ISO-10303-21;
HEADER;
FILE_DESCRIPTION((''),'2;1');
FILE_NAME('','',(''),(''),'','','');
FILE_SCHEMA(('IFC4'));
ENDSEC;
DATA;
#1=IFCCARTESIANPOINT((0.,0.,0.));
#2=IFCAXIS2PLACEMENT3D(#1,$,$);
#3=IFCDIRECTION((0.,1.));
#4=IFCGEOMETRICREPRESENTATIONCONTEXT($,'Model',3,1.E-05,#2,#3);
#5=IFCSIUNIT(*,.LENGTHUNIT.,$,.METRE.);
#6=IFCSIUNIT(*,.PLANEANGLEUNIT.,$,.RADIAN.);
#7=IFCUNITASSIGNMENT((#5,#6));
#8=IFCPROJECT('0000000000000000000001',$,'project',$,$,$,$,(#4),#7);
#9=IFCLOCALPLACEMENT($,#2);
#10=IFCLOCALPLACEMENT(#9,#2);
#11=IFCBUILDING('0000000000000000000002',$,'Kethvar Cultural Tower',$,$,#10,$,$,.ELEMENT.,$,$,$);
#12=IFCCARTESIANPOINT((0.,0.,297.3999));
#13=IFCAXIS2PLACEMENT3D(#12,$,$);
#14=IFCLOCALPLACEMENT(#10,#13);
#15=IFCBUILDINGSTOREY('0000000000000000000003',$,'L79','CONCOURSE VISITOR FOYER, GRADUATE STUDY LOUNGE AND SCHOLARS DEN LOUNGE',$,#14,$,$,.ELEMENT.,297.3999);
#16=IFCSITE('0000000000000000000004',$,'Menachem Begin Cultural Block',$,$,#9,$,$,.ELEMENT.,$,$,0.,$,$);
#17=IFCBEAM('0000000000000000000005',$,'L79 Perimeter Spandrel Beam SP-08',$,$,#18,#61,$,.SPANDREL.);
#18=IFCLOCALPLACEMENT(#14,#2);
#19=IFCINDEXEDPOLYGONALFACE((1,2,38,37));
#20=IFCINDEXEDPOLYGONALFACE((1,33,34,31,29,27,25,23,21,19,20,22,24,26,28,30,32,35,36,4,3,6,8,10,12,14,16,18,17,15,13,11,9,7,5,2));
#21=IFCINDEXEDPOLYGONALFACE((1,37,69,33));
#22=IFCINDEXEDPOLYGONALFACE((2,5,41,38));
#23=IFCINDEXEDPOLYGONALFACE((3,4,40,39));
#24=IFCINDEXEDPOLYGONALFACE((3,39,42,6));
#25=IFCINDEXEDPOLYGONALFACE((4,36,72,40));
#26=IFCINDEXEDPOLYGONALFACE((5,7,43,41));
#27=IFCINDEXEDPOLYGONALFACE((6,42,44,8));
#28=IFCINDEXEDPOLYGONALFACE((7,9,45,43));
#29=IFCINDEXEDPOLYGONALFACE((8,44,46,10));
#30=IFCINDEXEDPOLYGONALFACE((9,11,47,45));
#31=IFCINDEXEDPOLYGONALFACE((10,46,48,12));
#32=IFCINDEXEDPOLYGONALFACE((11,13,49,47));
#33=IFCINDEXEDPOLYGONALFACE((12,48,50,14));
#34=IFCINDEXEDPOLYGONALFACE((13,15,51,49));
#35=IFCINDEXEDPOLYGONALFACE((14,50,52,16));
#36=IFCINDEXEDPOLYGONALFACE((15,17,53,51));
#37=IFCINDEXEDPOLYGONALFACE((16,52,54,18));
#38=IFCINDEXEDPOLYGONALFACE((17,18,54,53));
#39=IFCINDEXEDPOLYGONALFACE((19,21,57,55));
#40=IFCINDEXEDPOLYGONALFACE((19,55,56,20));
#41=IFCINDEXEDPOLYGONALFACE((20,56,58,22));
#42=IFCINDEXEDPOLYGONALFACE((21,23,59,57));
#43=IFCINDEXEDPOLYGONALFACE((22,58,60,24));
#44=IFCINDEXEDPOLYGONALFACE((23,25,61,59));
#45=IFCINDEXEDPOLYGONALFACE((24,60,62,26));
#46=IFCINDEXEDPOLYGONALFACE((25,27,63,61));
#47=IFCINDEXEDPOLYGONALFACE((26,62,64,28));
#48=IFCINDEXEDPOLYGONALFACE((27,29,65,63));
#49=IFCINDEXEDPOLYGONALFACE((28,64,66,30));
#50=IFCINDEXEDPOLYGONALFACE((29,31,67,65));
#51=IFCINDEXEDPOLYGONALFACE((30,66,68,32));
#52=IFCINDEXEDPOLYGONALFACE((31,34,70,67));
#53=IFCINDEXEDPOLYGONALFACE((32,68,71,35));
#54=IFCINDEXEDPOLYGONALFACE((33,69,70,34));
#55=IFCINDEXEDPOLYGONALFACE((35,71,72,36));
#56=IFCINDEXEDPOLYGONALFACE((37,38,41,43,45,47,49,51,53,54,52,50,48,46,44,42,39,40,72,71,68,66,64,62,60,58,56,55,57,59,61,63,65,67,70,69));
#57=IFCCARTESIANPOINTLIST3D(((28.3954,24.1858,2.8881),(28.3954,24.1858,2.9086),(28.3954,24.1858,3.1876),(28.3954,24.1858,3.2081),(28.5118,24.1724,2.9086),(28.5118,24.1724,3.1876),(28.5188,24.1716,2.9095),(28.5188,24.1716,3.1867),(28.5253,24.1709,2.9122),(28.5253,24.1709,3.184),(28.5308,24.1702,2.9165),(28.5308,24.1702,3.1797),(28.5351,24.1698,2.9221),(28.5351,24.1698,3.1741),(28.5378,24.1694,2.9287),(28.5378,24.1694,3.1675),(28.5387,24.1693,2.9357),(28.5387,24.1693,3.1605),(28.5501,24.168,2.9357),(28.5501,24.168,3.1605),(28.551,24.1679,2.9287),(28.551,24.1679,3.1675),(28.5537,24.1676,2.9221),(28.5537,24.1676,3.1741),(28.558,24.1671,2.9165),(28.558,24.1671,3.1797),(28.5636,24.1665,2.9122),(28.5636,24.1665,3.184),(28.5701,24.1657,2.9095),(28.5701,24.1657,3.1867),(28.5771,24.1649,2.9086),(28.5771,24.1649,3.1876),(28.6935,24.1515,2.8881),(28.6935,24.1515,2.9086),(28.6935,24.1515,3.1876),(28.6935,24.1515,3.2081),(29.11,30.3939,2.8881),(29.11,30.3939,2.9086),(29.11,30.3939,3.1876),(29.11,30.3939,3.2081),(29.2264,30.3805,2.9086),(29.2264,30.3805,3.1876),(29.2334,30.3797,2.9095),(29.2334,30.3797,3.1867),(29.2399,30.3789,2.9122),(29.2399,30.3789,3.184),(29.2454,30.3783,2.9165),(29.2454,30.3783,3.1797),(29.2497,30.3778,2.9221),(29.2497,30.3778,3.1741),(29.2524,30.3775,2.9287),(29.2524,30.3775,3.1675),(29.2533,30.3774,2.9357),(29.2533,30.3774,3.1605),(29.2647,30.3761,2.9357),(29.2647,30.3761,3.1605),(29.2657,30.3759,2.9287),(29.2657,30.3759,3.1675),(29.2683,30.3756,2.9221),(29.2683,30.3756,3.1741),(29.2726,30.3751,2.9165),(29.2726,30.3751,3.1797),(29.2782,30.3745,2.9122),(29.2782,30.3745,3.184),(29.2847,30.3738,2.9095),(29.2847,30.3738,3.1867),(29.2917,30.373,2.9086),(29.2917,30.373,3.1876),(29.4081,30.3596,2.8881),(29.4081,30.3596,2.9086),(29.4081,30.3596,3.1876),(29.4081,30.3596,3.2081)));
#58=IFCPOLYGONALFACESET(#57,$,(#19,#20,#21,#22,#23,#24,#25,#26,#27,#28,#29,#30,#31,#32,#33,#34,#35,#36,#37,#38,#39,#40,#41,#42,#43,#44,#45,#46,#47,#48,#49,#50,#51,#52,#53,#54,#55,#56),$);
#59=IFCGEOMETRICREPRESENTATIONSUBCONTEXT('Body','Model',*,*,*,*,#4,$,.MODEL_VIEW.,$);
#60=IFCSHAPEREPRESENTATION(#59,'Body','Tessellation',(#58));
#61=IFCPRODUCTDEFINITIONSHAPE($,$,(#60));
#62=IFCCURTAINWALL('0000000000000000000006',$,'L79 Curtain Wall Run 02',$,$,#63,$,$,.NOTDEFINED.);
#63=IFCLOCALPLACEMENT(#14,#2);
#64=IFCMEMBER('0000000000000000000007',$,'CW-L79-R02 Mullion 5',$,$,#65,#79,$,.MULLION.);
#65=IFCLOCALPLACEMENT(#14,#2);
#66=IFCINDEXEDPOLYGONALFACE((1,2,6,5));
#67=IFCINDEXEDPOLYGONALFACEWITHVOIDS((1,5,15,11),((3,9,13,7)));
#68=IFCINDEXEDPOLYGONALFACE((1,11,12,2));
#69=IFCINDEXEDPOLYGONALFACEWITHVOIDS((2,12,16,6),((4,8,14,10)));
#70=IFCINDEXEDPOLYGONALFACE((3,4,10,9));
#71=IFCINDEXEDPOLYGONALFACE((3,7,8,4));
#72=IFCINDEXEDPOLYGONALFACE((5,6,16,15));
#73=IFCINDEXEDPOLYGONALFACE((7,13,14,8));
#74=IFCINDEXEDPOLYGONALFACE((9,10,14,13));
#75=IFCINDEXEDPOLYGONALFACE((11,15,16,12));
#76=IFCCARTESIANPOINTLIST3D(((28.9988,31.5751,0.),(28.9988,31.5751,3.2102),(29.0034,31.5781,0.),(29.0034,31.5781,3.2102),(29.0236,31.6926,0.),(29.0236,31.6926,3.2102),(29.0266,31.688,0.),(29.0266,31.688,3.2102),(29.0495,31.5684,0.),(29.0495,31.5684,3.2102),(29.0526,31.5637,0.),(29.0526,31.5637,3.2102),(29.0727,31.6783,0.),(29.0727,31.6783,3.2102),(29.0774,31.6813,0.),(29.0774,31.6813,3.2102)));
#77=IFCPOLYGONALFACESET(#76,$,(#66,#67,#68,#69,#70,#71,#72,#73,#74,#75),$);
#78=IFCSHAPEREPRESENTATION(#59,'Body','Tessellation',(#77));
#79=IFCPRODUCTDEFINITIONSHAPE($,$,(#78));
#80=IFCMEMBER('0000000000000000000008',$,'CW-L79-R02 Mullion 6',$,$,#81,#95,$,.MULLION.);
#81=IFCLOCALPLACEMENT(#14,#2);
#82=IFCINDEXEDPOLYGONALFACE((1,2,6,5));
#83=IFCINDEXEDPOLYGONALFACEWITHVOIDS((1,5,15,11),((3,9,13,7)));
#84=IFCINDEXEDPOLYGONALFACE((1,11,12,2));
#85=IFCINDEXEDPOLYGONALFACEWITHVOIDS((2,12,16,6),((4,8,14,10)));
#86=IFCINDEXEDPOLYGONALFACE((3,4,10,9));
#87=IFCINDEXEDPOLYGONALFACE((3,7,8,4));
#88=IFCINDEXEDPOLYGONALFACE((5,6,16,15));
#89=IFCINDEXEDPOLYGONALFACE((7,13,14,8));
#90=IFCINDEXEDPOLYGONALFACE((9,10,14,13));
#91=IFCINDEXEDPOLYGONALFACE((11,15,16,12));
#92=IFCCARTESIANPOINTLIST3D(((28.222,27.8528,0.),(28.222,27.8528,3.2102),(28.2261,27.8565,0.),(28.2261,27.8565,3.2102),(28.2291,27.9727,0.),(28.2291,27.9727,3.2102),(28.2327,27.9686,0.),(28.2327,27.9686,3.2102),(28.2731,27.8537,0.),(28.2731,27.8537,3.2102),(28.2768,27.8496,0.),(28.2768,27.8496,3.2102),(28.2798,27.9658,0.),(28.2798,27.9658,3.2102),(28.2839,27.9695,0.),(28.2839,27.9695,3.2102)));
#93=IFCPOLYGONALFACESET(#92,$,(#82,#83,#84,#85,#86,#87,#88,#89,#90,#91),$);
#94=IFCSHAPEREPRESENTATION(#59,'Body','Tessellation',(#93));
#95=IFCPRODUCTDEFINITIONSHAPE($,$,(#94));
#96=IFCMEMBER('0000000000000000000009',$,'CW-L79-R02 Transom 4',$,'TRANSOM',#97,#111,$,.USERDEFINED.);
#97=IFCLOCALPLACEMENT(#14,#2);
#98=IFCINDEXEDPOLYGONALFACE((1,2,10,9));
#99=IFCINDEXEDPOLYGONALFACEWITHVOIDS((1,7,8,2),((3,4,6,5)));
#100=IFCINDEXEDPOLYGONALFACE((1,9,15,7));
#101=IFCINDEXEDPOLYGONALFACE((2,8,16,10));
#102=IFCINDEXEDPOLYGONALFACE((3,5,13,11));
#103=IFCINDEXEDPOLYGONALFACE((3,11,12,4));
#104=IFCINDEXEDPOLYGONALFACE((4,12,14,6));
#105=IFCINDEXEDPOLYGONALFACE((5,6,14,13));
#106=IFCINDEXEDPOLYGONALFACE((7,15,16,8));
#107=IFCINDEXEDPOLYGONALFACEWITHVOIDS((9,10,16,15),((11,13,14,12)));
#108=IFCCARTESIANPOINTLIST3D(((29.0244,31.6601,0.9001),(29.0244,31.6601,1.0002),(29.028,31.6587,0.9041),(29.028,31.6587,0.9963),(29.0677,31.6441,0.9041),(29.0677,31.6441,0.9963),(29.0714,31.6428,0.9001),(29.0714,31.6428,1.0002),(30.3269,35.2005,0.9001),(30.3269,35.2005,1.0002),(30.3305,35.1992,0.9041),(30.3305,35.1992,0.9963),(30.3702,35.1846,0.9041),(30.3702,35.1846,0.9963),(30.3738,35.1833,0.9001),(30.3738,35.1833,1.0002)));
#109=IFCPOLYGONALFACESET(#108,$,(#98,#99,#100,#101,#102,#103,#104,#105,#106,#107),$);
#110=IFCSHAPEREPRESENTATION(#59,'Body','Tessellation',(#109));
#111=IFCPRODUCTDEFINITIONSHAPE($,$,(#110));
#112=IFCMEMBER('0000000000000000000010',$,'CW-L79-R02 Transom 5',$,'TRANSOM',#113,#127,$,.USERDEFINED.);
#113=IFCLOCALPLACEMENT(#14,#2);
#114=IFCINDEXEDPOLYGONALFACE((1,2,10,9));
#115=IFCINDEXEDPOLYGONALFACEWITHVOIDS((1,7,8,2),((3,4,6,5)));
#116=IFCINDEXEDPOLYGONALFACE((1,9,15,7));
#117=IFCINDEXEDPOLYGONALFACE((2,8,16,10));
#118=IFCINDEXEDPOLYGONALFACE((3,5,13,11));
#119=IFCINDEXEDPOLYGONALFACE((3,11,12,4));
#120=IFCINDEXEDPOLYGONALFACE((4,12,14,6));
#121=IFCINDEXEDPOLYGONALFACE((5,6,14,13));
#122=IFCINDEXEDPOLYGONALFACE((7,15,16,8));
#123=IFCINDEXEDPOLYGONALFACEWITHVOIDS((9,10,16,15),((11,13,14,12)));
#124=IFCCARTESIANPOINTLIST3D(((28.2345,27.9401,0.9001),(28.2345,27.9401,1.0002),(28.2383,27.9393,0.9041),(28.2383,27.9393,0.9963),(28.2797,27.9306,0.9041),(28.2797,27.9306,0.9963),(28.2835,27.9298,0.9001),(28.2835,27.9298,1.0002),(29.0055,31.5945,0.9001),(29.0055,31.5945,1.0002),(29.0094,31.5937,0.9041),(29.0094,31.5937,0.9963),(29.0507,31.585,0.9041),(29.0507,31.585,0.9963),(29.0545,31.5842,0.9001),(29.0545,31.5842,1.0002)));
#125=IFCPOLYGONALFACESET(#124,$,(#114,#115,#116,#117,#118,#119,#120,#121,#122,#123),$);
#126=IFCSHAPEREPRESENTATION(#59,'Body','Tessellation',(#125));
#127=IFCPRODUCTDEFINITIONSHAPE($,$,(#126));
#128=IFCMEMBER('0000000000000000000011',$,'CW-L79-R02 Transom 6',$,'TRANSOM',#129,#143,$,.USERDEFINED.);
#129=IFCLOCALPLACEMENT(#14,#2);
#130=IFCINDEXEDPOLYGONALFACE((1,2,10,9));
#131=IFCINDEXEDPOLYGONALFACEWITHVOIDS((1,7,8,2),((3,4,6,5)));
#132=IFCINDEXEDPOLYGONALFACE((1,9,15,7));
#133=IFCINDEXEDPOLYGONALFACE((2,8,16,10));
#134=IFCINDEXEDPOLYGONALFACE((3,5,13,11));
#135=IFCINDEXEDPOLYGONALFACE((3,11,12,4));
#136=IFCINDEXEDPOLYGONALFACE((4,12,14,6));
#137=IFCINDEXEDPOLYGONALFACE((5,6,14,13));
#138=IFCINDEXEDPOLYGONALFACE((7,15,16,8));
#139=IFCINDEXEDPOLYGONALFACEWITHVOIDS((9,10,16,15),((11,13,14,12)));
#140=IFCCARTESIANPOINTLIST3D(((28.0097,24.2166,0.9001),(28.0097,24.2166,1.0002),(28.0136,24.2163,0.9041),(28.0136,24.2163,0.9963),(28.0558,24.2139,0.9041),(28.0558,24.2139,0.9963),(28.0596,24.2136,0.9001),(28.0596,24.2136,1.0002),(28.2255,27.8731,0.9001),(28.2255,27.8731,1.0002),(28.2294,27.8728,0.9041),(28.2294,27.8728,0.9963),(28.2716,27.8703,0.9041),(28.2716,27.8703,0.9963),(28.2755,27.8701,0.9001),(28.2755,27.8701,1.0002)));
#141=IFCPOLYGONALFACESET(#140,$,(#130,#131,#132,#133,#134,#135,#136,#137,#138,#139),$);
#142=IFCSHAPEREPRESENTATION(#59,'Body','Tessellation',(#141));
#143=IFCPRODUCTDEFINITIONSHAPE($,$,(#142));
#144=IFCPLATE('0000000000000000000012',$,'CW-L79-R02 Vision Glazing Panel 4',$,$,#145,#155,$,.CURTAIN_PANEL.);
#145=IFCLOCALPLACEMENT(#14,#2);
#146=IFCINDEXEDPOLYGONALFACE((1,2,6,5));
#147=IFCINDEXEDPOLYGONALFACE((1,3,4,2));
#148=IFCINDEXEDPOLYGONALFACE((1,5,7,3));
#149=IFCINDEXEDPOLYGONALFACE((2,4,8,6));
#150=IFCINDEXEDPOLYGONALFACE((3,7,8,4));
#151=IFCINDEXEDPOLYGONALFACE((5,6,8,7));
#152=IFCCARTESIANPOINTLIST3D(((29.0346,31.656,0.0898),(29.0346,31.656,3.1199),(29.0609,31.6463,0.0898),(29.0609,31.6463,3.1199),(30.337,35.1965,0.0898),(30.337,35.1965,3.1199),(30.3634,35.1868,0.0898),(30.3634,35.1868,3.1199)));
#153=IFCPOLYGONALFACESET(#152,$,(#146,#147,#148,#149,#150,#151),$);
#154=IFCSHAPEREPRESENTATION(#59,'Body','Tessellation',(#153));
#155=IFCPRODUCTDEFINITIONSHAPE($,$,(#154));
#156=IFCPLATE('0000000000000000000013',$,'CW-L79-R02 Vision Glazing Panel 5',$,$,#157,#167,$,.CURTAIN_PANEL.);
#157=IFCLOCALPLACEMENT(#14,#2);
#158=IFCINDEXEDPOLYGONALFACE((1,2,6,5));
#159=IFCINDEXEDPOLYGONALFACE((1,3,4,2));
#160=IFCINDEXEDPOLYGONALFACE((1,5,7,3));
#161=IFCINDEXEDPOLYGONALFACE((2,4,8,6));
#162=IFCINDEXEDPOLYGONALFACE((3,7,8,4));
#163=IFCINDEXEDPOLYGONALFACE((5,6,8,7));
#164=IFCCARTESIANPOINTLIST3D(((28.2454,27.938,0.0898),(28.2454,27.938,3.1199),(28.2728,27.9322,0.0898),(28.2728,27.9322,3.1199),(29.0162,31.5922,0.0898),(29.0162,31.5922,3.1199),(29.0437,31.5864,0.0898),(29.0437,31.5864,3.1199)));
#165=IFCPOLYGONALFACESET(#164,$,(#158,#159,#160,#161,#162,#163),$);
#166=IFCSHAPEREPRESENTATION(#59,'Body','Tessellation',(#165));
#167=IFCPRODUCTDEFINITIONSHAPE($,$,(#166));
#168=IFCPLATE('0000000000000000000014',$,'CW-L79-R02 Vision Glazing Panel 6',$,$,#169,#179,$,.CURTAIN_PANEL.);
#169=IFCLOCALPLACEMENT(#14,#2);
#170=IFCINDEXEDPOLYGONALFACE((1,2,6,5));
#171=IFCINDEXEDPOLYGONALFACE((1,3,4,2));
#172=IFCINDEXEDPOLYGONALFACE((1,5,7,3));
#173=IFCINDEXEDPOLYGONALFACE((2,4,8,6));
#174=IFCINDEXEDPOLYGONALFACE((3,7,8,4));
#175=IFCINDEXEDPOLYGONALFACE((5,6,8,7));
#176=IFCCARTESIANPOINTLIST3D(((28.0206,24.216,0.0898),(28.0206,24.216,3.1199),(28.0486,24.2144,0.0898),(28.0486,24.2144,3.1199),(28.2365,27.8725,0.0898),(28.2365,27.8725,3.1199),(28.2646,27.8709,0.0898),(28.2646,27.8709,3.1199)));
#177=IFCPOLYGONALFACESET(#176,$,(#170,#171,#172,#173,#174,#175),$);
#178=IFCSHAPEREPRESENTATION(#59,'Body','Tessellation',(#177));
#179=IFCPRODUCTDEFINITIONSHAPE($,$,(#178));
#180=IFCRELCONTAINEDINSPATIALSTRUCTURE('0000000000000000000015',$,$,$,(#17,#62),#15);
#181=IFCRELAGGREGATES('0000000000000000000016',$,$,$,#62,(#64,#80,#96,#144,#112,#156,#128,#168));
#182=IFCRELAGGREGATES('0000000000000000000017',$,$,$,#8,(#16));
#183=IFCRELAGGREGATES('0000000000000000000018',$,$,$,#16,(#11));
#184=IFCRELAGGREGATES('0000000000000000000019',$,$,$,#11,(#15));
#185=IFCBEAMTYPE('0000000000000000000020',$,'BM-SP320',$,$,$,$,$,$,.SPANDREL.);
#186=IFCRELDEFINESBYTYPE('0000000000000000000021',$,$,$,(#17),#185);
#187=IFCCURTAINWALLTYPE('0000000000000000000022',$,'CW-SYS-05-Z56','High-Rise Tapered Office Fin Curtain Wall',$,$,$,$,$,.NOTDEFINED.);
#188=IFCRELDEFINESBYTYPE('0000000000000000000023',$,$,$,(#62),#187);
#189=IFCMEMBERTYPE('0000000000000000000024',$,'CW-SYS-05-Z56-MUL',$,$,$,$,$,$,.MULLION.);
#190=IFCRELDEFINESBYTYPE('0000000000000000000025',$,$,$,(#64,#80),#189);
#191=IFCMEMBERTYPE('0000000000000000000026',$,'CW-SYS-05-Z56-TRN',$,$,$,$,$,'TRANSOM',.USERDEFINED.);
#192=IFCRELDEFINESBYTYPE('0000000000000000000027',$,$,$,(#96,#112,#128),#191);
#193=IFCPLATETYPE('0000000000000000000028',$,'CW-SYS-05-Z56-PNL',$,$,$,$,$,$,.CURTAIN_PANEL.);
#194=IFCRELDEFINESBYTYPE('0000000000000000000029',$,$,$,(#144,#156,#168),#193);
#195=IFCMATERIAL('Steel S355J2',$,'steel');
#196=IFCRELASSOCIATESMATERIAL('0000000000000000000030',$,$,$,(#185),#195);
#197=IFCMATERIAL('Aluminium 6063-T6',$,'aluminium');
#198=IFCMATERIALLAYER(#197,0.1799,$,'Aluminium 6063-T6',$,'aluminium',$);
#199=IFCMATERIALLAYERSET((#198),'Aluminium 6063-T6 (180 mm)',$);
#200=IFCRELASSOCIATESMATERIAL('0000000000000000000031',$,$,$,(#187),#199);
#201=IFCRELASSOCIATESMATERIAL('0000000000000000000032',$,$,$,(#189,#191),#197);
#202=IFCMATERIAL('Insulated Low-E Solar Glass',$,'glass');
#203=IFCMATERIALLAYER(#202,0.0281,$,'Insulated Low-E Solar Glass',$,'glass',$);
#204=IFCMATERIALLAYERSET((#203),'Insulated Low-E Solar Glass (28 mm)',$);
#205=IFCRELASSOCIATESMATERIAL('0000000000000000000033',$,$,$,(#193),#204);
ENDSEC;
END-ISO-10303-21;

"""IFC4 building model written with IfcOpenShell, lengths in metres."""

from ifc_helpers import new_model, si_unit, direction, frame, origin, origin_2d, place, context, subcontext, project, spatial, rectangle, hollow_rectangle, i_section, extrude, source, transform, mapped, material, layer, layer_set, material_profile, profile_set, type_object, element, aggregate, save


model = new_model("IFC4")

# Units and contexts
model_context = context("Model", 3, precision=1e-05, world=origin(), true_north=direction((0.0, 1.0)))
body_context = subcontext(model_context, "Body", "Model", "MODEL_VIEW")
ifc_project = project(units=[si_unit("LENGTHUNIT", "METRE"), si_unit("PLANEANGLEUNIT", "RADIAN")], contexts=[model_context])

# Site, building, storey
site_placement = place(None, origin())
site = spatial("IfcSite", under=ifc_project, at=site_placement, Name="Menachem Begin Cultural Block", CompositionType="ELEMENT", RefElevation=0.0)
building_placement = place(site_placement, origin())
building = spatial("IfcBuilding", under=site, at=building_placement, Name="Kethvar Cultural Tower", CompositionType="ELEMENT")
storey_placement = place(building_placement, frame((0.0, 0.0, 297.3999)))
storey = spatial("IfcBuildingStorey", under=building, at=storey_placement, Name="L79", Description="CONCOURSE VISITOR FOYER, GRADUATE STUDY LOUNGE AND SCHOLARS DEN LOUNGE", CompositionType="ELEMENT", Elevation=297.3999)

# Shared definitions
ifc_material_1 = material(Name="Steel S355J2", Category="steel")

# Beam
ifc_material_profile_1 = material_profile(ifc_material_1, i_section(OverallWidth=0.3, OverallDepth=0.3201, WebThickness=0.0115, FlangeThickness=0.0205, FilletRadius=0.0271, at=origin_2d()), Name="Steel S355J2 — HEB320")
ifc_profile_set_1 = profile_set([ifc_material_profile_1], Name="Steel S355J2 — HEB320")
beam_type_1 = type_object("IfcBeamType", Name="BM-SP320", PredefinedType="SPANDREL", material=ifc_profile_set_1)
shared_shape_1 = source(origin(), body_context, "Body", "SweptSolid", [
    extrude(i_section(OverallWidth=0.3, OverallDepth=0.3201, WebThickness=0.0115, FlangeThickness=0.0205, FilletRadius=0.0271, at=origin_2d()), origin(), (0.0, 0.0, 1.0), 6.249),
])
beam_1_placement = place(storey_placement, frame((29.259, 30.3767, 3.0481), z_axis=(-0.114354, -0.99344, 0.0), x_axis=(0.99344, -0.114354, 0.0)))
element("IfcBeam", 1, at=beam_1_placement, inside=storey, type_object=beam_type_1, Name="L79 Perimeter Spandrel Beam SP-08", PredefinedType="SPANDREL", context=body_context, shape_type="MappedRepresentation", body=[
    mapped(shared_shape_1, transform((0.0, 0.0, 0.0), scale=1.0)),
])

# Curtain wall, members, plates
ifc_material_2 = material(Name="Aluminium 6063-T6", Category="aluminium")
ifc_layer_1 = layer(ifc_material_2, 0.1799, Name="Aluminium 6063-T6", Category="aluminium")
ifc_layer_set_1 = layer_set([ifc_layer_1], Name="Aluminium 6063-T6 (180 mm)")
curtain_wall_type = type_object("IfcCurtainWallType", Name="CW-SYS-05-Z56", Description="High-Rise Tapered Office Fin Curtain Wall", PredefinedType="NOTDEFINED", material=ifc_layer_set_1)
curtain_wall_placement = place(storey_placement, origin())
curtain_wall = element("IfcCurtainWall", 2, at=curtain_wall_placement, inside=storey, type_object=curtain_wall_type, Name="L79 Curtain Wall Run 02", PredefinedType="NOTDEFINED")
ifc_material_profile_2 = material_profile(ifc_material_2, hollow_rectangle(XDim=0.0549, YDim=0.1201, WallThickness=0.0039, at=origin_2d()), Name="Aluminium 6063-T6 — RHS120x55x4")
ifc_profile_set_2 = profile_set([ifc_material_profile_2], Name="Aluminium 6063-T6 — RHS120x55x4")
member_type_1 = type_object("IfcMemberType", Name="CW-SYS-05-Z56-MUL", PredefinedType="MULLION", material=ifc_profile_set_2)
shared_shape_2 = source(origin(), body_context, "Body", "SweptSolid", [
    extrude(hollow_rectangle(XDim=0.0549, YDim=0.1201, WallThickness=0.0039, at=origin_2d()), origin(), (0.0, 0.0, 1.0), 3.2102),
])
member_1_placement = place(storey_placement, frame((29.0381, 31.6282, 0.0), z_axis=(0.0, 0.0, 1.0), x_axis=(0.978466, -0.206409, 0.0)))
member_1 = element("IfcMember", 3, at=member_1_placement, type_object=member_type_1, Name="CW-L79-R02 Mullion 5", PredefinedType="MULLION", context=body_context, shape_type="MappedRepresentation", body=[
    mapped(shared_shape_2, transform((0.0, 0.0, 0.0), scale=1.0)),
])
member_2_placement = place(storey_placement, frame((28.2529, 27.9111, 0.0), z_axis=(0.0, 0.0, 1.0), x_axis=(0.99826, -0.058958, 0.0)))
member_2 = element("IfcMember", 4, at=member_2_placement, type_object=member_type_1, Name="CW-L79-R02 Mullion 6", PredefinedType="MULLION", context=body_context, shape_type="MappedRepresentation", body=[
    mapped(shared_shape_2, transform((0.0, 0.0, 0.0), scale=1.0)),
])
ifc_material_profile_3 = material_profile(ifc_material_2, hollow_rectangle(XDim=0.05, YDim=0.1001, WallThickness=0.0039, at=origin_2d()), Name="Aluminium 6063-T6 — RHS100x50x4")
ifc_profile_set_3 = profile_set([ifc_material_profile_3], Name="Aluminium 6063-T6 — RHS100x50x4")
member_type_2 = type_object("IfcMemberType", Name="CW-SYS-05-Z56-TRN", ElementType="TRANSOM", PredefinedType="USERDEFINED", material=ifc_profile_set_3)
shared_shape_3 = source(origin(), body_context, "Body", "SweptSolid", [
    extrude(hollow_rectangle(XDim=0.05, YDim=0.1001, WallThickness=0.0039, at=origin_2d()), origin(), (0.0, 0.0, 1.0), 3.7725),
])
member_3_placement = place(storey_placement, frame((30.3503, 35.1919, 0.9502), z_axis=(-0.345258, -0.938508, 0.0), x_axis=(0.938508, -0.345258, 0.0)))
member_3 = element("IfcMember", 5, at=member_3_placement, type_object=member_type_2, Name="CW-L79-R02 Transom 4", ObjectType="TRANSOM", PredefinedType="USERDEFINED", context=body_context, shape_type="MappedRepresentation", body=[
    mapped(shared_shape_3, transform((0.0, 0.0, 0.0), scale=1.0)),
])
shared_shape_4 = source(origin(), body_context, "Body", "SweptSolid", [
    extrude(hollow_rectangle(XDim=0.05, YDim=0.1001, WallThickness=0.0039, at=origin_2d()), origin(), (0.0, 0.0, 1.0), 3.7349),
])
member_4_placement = place(storey_placement, frame((29.03, 31.5894, 0.9502), z_axis=(-0.206439, -0.97846, 0.0), x_axis=(0.97846, -0.206439, 0.0)))
member_4 = element("IfcMember", 6, at=member_4_placement, type_object=member_type_2, Name="CW-L79-R02 Transom 5", ObjectType="TRANSOM", PredefinedType="USERDEFINED", context=body_context, shape_type="MappedRepresentation", body=[
    mapped(shared_shape_4, transform((0.0, 0.0, 0.0), scale=1.0)),
])
shared_shape_5 = source(origin(), body_context, "Body", "SweptSolid", [
    extrude(hollow_rectangle(XDim=0.05, YDim=0.1001, WallThickness=0.0039, at=origin_2d()), origin(), (0.0, 0.0, 1.0), 3.6628),
])
member_5_placement = place(storey_placement, frame((28.2505, 27.8716, 0.9502), z_axis=(-0.058921, -0.998263, 0.0), x_axis=(0.998263, -0.058921, 0.0)))
member_5 = element("IfcMember", 7, at=member_5_placement, type_object=member_type_2, Name="CW-L79-R02 Transom 6", ObjectType="TRANSOM", PredefinedType="USERDEFINED", context=body_context, shape_type="MappedRepresentation", body=[
    mapped(shared_shape_5, transform((0.0, 0.0, 0.0), scale=1.0)),
])
ifc_material_3 = material(Name="Insulated Low-E Solar Glass", Category="glass")
ifc_layer_2 = layer(ifc_material_3, 0.0281, Name="Insulated Low-E Solar Glass", Category="glass")
ifc_layer_set_2 = layer_set([ifc_layer_2], Name="Insulated Low-E Solar Glass (28 mm)")
plate_type = type_object("IfcPlateType", Name="CW-SYS-05-Z56-PNL", PredefinedType="CURTAIN_PANEL", material=ifc_layer_set_2)
shared_shape_6 = source(origin(), body_context, "Body", "SweptSolid", [
    extrude(rectangle(XDim=3.7725, YDim=0.0281, at=origin_2d()), origin(), (0.0, 0.0, 1.0), 3.03),
])
plate_1_placement = place(storey_placement, frame((29.699, 33.4214, 0.0898), z_axis=(0.0, 0.0, 1.0), x_axis=(-0.345249, -0.938511, 0.0)))
plate_1 = element("IfcPlate", 8, at=plate_1_placement, type_object=plate_type, Name="CW-L79-R02 Vision Glazing Panel 4", PredefinedType="CURTAIN_PANEL", context=body_context, shape_type="MappedRepresentation", body=[
    mapped(shared_shape_6, transform((0.0, 0.0, 0.0), scale=1.0)),
])
shared_shape_7 = source(origin(), body_context, "Body", "SweptSolid", [
    extrude(rectangle(XDim=3.7346, YDim=0.0281, at=origin_2d()), origin(), (0.0, 0.0, 1.0), 3.03),
])
plate_2_placement = place(storey_placement, frame((28.6445, 29.7622, 0.0898), z_axis=(0.0, 0.0, 1.0), x_axis=(-0.206409, -0.978466, 0.0)))
plate_2 = element("IfcPlate", 9, at=plate_2_placement, type_object=plate_type, Name="CW-L79-R02 Vision Glazing Panel 5", PredefinedType="CURTAIN_PANEL", context=body_context, shape_type="MappedRepresentation", body=[
    mapped(shared_shape_7, transform((0.0, 0.0, 0.0), scale=1.0)),
])
shared_shape_8 = source(origin(), body_context, "Body", "SweptSolid", [
    extrude(rectangle(XDim=3.6628, YDim=0.0281, at=origin_2d()), origin(), (0.0, 0.0, 1.0), 3.03),
])
plate_3_placement = place(storey_placement, frame((28.1426, 26.0435, 0.0898), z_axis=(0.0, 0.0, 1.0), x_axis=(-0.058958, -0.99826, 0.0)))
plate_3 = element("IfcPlate", 10, at=plate_3_placement, type_object=plate_type, Name="CW-L79-R02 Vision Glazing Panel 6", PredefinedType="CURTAIN_PANEL", context=body_context, shape_type="MappedRepresentation", body=[
    mapped(shared_shape_8, transform((0.0, 0.0, 0.0), scale=1.0)),
])
aggregate(curtain_wall, [member_1, member_2, member_3, plate_1, member_4, plate_2, member_5, plate_3])

save(model, "model.ifc")
